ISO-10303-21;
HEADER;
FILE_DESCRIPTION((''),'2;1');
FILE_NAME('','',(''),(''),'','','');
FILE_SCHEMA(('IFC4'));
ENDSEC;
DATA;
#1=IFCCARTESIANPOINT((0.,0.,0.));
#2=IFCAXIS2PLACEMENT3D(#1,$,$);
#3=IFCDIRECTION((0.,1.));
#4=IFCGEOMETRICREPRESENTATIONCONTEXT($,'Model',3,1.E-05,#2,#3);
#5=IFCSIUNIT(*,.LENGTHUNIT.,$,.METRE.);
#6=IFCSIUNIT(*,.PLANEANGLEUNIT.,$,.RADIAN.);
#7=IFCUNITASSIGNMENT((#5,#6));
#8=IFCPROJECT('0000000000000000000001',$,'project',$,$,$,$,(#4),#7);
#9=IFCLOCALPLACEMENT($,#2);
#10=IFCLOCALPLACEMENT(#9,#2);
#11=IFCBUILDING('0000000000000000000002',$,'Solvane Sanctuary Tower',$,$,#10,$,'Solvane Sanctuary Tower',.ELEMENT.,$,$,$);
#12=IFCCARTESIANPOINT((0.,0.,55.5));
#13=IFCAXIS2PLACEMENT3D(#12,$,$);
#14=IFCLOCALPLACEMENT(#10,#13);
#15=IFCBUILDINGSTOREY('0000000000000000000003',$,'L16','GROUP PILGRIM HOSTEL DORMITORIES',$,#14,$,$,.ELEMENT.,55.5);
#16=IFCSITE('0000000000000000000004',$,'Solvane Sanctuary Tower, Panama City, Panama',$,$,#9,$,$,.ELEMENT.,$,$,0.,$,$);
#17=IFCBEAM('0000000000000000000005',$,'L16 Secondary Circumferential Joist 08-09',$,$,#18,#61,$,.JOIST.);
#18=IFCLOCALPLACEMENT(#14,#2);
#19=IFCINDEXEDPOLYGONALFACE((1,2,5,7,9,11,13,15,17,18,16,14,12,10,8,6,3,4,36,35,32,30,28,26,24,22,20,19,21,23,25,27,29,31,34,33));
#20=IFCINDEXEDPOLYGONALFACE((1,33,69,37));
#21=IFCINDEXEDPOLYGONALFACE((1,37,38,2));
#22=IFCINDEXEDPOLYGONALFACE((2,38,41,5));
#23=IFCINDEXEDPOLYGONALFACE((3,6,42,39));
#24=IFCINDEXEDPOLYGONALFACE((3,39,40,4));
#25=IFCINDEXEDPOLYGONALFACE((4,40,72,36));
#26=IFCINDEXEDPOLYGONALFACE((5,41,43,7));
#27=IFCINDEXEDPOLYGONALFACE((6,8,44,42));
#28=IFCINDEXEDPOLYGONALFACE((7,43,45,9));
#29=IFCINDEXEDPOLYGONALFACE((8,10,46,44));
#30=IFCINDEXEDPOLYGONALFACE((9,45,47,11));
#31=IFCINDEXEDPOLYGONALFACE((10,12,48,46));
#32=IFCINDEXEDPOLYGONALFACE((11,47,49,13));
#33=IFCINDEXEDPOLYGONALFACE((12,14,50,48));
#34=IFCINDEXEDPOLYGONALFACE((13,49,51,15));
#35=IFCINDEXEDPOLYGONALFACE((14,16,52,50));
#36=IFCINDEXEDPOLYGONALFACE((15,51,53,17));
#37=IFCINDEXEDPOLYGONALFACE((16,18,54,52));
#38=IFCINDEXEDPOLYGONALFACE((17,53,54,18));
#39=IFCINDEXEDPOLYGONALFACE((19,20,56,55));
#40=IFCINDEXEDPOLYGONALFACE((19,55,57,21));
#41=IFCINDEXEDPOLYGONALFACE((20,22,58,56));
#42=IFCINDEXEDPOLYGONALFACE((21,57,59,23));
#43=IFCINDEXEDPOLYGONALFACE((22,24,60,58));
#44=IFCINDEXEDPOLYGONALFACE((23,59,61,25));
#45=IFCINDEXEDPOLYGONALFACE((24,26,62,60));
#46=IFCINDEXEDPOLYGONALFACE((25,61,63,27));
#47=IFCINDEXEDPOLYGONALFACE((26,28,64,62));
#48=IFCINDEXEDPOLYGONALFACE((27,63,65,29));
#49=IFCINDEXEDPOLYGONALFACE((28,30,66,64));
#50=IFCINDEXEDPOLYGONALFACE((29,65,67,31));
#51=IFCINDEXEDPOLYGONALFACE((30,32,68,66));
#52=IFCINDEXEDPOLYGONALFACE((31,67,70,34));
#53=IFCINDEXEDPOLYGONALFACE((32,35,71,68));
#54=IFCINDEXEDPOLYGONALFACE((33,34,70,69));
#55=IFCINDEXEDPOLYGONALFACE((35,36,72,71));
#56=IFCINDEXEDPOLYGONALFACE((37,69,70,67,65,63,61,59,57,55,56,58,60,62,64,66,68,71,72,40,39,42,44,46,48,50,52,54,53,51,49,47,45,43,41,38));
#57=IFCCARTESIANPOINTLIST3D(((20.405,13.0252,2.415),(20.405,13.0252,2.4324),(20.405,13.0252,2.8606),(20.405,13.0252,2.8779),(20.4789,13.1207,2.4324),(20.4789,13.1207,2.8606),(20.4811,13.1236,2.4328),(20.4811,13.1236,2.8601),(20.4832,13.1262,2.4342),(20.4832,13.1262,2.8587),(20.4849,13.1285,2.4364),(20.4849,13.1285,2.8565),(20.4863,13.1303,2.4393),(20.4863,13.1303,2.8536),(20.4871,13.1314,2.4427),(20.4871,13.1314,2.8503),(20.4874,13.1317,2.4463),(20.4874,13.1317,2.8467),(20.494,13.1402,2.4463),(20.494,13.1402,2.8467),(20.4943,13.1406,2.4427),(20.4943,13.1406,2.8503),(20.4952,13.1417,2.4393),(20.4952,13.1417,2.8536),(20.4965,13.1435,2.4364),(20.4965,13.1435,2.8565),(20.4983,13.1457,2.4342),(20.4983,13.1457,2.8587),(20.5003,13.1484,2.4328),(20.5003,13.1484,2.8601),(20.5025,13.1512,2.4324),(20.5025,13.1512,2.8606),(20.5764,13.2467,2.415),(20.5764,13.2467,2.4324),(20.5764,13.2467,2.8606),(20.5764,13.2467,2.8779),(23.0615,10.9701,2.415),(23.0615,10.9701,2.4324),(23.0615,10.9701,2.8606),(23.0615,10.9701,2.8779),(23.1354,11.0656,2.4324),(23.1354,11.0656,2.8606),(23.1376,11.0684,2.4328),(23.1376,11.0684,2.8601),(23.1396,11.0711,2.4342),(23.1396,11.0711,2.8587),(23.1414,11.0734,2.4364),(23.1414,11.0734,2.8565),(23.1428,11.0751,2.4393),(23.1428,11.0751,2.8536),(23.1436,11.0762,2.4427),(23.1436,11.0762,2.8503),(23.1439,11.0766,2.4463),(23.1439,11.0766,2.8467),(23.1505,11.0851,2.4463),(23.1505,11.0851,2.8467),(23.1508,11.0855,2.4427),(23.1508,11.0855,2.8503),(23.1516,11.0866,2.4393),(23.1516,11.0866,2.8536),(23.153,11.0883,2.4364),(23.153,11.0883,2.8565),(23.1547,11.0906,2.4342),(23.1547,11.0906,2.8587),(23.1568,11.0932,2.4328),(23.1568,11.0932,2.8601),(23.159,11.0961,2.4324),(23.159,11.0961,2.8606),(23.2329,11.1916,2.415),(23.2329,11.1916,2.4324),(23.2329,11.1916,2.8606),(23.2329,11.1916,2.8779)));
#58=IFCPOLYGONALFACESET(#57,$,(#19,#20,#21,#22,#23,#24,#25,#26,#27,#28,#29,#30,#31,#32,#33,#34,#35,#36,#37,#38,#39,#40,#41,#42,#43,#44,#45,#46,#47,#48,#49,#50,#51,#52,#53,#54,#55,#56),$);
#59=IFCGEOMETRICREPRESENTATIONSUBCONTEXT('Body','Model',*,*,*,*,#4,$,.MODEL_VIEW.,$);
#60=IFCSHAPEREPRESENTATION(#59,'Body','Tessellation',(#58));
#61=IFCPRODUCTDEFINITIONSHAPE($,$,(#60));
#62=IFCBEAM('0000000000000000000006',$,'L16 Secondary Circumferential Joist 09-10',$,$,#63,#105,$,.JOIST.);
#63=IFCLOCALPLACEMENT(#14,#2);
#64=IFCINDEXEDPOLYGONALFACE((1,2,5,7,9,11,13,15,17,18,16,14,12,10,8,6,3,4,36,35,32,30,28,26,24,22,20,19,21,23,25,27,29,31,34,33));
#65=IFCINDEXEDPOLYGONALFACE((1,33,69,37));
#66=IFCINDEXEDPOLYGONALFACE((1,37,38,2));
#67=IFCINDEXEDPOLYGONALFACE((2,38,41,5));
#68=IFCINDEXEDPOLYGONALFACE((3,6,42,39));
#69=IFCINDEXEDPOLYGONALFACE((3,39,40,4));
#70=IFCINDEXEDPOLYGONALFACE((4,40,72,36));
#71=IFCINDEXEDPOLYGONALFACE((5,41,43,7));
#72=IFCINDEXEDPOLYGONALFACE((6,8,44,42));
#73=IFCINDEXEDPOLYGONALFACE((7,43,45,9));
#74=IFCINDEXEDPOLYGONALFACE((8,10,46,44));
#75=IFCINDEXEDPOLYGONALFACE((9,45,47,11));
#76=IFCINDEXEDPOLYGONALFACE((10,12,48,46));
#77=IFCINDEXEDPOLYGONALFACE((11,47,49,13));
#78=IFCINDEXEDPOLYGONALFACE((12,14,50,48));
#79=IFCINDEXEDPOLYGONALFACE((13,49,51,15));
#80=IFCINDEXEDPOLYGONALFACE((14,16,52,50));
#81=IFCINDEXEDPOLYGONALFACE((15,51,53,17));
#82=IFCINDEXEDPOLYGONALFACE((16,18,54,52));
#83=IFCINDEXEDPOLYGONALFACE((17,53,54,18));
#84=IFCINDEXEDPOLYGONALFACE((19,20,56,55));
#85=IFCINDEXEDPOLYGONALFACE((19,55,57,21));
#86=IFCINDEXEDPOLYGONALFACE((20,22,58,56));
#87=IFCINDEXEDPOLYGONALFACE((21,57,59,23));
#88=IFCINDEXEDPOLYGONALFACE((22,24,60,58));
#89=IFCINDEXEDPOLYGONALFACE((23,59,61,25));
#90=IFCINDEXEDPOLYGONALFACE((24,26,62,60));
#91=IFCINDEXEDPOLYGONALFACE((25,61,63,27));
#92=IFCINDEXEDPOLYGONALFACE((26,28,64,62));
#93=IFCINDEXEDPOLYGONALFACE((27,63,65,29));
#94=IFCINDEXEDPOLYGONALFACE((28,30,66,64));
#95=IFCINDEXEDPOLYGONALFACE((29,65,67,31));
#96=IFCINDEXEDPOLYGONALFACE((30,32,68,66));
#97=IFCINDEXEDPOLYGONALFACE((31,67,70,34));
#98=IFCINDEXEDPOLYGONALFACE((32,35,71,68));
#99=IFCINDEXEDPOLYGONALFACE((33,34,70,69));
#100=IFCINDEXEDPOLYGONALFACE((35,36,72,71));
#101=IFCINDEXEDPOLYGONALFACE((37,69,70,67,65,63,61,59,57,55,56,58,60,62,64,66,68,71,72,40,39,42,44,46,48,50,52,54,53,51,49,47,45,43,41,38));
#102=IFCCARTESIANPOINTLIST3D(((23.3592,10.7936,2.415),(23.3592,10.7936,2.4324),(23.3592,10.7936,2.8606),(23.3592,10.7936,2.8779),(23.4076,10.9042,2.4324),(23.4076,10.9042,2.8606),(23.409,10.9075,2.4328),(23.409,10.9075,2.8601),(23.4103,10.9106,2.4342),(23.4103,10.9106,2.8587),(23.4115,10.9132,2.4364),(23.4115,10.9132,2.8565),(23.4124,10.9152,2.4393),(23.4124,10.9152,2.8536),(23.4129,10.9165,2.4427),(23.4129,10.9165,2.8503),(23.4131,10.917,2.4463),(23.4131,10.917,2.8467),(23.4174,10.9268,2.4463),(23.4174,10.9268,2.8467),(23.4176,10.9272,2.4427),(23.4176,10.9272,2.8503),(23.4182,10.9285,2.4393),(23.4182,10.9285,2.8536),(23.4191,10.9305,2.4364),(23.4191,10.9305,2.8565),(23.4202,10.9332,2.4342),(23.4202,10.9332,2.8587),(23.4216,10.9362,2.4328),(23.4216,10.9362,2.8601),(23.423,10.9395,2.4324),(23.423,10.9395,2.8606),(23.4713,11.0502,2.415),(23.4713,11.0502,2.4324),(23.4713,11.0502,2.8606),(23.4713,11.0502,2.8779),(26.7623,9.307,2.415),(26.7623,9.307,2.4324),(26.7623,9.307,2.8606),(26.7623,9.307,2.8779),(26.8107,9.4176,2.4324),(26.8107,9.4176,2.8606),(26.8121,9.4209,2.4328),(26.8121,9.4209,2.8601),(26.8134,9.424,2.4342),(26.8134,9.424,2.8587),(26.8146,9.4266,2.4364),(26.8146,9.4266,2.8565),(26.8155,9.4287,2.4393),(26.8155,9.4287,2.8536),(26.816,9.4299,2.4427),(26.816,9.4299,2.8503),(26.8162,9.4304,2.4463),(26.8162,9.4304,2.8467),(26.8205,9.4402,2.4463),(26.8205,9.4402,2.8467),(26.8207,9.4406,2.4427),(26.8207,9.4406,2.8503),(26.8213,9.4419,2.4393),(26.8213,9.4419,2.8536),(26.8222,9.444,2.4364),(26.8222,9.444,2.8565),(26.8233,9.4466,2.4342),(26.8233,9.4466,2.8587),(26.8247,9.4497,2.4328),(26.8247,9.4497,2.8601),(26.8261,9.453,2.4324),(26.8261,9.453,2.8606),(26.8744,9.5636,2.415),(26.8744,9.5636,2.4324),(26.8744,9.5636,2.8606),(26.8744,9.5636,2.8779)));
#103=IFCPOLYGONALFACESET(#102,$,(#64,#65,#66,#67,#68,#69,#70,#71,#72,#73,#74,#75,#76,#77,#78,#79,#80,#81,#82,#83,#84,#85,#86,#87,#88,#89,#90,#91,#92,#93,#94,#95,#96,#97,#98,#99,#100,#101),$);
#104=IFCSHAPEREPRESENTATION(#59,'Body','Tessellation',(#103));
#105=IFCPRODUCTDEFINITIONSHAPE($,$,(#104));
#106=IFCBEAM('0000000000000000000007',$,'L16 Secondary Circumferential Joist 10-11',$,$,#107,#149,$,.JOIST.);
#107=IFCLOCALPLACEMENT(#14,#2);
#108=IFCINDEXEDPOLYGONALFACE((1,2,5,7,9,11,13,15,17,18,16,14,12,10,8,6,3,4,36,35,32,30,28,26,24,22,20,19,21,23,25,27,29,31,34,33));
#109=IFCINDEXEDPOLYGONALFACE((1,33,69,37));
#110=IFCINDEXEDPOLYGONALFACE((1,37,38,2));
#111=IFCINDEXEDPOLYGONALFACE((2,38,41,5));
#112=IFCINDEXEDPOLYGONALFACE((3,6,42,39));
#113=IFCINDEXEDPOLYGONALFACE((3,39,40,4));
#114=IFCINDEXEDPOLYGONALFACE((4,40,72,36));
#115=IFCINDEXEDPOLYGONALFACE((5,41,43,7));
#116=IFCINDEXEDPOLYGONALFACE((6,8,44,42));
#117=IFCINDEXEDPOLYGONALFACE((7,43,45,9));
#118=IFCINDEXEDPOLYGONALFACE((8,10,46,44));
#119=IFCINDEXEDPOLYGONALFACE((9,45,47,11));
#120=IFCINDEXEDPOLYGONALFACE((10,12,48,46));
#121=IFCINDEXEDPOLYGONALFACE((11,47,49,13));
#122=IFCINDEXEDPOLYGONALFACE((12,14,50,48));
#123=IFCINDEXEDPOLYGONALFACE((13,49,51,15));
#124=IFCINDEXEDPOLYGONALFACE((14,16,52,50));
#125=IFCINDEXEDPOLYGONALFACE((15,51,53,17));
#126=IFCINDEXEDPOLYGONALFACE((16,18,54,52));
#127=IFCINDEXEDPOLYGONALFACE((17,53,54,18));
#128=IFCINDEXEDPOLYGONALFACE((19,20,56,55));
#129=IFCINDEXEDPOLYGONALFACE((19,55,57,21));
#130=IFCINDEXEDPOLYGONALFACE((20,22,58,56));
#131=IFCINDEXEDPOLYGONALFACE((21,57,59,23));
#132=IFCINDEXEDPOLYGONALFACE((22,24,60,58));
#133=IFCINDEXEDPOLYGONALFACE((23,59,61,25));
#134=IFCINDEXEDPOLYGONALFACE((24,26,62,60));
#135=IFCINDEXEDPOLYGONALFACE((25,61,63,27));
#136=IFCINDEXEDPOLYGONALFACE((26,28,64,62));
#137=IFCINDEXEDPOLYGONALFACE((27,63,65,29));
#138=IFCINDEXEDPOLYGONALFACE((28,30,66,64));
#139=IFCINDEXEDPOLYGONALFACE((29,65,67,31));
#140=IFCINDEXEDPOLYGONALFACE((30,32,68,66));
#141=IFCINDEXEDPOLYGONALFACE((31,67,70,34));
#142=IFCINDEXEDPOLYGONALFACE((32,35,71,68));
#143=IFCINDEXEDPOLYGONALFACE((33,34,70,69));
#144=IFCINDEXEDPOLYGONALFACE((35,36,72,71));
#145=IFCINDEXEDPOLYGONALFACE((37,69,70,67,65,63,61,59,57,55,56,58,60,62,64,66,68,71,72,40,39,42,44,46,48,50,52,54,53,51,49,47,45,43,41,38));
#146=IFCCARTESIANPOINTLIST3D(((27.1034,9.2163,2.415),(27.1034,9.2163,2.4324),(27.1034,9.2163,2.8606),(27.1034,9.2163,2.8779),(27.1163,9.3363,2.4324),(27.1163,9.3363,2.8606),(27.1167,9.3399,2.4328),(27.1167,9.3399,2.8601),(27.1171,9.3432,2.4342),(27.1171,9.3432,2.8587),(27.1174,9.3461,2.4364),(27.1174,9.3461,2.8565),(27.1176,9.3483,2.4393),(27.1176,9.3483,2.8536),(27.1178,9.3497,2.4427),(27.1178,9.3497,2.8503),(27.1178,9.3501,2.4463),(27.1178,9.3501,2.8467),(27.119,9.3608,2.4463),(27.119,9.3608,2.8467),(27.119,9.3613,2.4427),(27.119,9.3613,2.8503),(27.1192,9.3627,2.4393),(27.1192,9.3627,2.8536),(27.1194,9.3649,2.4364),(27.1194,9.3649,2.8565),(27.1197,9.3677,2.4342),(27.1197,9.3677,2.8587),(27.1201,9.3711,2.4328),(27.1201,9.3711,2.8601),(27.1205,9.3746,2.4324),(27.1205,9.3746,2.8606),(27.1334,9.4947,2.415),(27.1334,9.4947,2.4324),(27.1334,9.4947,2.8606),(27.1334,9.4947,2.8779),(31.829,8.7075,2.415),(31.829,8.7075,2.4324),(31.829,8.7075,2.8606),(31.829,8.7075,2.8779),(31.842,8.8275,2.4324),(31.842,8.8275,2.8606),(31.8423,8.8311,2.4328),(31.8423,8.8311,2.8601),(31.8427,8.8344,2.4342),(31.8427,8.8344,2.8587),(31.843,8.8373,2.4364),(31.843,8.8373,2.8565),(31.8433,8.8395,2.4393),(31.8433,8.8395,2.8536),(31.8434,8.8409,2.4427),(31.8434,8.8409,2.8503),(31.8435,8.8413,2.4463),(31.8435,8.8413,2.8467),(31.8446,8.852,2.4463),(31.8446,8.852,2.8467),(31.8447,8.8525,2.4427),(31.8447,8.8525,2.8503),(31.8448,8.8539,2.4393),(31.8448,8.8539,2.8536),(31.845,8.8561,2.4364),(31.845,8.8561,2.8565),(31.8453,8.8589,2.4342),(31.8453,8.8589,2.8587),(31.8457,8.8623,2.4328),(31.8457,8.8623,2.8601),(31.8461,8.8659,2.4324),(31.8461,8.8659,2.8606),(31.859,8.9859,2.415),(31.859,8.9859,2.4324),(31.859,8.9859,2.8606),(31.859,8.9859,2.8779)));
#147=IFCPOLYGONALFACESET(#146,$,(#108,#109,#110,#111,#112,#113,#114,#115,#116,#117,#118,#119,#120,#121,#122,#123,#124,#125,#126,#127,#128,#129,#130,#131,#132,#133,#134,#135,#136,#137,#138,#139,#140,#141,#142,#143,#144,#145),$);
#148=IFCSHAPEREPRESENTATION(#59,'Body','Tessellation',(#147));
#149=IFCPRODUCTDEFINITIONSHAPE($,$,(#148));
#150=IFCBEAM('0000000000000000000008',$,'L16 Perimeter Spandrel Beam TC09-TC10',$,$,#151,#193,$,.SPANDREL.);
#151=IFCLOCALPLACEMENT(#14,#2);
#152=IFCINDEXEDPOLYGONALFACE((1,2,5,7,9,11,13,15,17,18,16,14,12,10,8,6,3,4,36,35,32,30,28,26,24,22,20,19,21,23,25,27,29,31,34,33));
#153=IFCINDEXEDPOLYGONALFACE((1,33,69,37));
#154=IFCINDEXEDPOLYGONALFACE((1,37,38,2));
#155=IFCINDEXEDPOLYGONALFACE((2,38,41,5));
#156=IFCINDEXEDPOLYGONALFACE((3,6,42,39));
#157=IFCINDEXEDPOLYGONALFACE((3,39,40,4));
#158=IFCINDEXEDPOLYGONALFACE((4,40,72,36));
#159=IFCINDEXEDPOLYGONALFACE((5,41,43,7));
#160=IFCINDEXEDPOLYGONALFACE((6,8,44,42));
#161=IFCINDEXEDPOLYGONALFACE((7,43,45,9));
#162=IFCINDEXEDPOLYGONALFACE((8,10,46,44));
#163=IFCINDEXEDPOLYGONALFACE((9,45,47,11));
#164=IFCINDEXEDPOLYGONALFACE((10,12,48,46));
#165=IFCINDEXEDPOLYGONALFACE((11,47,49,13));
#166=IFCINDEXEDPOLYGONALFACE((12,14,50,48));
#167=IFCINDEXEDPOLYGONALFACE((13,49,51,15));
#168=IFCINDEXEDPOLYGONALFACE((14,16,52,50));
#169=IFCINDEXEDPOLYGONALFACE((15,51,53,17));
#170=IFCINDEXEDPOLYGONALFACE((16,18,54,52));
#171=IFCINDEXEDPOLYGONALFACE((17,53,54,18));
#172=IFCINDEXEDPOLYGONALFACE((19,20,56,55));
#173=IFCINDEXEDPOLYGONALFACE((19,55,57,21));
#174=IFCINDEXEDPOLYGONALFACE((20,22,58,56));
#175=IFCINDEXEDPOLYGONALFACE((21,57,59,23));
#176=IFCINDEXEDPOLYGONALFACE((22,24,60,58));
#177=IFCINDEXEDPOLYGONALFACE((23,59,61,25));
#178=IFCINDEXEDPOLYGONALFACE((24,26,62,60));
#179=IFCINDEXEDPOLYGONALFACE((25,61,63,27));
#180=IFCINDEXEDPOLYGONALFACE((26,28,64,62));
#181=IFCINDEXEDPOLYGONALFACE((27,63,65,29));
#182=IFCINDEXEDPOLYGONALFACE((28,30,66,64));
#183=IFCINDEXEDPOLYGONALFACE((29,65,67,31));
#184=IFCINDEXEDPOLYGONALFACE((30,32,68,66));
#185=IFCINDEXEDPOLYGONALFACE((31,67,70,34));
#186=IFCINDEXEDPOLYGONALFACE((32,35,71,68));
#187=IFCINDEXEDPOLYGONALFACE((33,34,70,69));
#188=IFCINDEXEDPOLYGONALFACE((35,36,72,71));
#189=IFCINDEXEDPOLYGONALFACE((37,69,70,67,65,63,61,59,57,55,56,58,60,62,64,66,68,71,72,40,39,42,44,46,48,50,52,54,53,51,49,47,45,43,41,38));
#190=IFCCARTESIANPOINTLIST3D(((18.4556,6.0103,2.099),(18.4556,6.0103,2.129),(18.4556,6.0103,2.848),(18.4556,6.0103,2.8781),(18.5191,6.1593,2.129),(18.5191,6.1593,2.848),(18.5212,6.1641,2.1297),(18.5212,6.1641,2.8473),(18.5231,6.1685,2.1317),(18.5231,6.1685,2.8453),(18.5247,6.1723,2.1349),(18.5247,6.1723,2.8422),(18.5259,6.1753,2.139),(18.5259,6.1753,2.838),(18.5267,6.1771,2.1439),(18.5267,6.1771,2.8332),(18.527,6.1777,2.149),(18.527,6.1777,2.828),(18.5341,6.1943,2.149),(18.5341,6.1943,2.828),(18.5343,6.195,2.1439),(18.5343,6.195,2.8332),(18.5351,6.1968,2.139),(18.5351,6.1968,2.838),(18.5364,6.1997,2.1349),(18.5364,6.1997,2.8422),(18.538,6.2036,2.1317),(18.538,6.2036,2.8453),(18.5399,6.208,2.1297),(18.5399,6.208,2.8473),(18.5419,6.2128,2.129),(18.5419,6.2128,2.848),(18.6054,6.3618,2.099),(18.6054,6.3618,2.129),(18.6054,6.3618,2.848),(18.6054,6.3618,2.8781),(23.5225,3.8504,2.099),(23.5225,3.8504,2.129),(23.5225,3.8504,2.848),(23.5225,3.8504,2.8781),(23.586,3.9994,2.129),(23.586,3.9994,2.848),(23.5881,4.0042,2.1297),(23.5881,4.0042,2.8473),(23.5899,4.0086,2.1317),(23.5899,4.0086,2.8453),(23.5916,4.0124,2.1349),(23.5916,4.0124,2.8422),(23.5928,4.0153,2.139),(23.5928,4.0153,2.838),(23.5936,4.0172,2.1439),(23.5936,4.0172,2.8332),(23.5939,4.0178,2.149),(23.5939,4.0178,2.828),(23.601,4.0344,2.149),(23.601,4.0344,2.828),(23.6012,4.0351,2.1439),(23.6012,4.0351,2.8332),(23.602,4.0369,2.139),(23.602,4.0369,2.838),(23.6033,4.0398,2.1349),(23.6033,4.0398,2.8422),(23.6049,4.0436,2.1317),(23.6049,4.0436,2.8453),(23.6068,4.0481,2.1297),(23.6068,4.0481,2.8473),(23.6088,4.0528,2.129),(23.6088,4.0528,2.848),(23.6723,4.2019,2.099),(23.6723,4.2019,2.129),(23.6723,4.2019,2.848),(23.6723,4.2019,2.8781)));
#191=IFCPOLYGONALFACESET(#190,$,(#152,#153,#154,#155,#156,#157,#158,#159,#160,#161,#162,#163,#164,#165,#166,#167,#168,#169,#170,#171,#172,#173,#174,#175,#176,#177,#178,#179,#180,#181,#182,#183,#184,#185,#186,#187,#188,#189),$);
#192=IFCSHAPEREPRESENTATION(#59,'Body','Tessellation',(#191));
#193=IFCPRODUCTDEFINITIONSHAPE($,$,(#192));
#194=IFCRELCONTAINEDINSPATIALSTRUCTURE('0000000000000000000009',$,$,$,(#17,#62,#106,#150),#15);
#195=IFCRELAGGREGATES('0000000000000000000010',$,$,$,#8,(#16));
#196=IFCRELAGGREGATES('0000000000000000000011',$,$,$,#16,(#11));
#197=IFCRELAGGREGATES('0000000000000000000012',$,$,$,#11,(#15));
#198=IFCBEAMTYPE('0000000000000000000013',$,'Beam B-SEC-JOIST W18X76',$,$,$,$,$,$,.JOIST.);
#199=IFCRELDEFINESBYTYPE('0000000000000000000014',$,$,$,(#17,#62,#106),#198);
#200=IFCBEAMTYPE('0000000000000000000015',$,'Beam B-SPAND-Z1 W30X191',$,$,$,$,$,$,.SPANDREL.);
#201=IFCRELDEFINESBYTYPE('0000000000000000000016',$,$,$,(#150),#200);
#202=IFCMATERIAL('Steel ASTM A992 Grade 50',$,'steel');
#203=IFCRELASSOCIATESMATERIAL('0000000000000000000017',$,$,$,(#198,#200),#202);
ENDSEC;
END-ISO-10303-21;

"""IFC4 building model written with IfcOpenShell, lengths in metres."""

from ifc_helpers import new_model, si_unit, direction, frame, origin, origin_2d, place, context, subcontext, project, spatial, i_section, extrude, material, material_profile, profile_set, type_object, element, save


model = new_model("IFC4")

# Units and contexts
model_context = context("Model", 3, precision=1e-05, world=origin(), true_north=direction((0.0, 1.0)))
body_context = subcontext(model_context, "Body", "Model", "MODEL_VIEW")
ifc_project = project(units=[si_unit("LENGTHUNIT", "METRE"), si_unit("PLANEANGLEUNIT", "RADIAN")], contexts=[model_context])

# Site, building, storey
site_placement = place(None, origin())
site = spatial("IfcSite", under=ifc_project, at=site_placement, Name="Solvane Sanctuary Tower, Panama City, Panama", CompositionType="ELEMENT", RefElevation=0.0)
building_placement = place(site_placement, origin())
building = spatial("IfcBuilding", under=site, at=building_placement, Name="Solvane Sanctuary Tower", LongName="Solvane Sanctuary Tower", CompositionType="ELEMENT")
storey_placement = place(building_placement, frame((0.0, 0.0, 55.5)))
storey = spatial("IfcBuildingStorey", under=building, at=storey_placement, Name="L16", Description="GROUP PILGRIM HOSTEL DORMITORIES", CompositionType="ELEMENT", Elevation=55.5)

# Beams
ifc_material_1 = material(Name="Steel ASTM A992 Grade 50", Category="steel")
ifc_material_profile_1 = material_profile(ifc_material_1, i_section(OverallWidth=0.28, OverallDepth=0.4629, WebThickness=0.0107, FlangeThickness=0.0173, FilletRadius=0.0139, at=origin_2d()), Name="W18X76")
ifc_profile_set_1 = profile_set([ifc_material_profile_1], Name="Steel ASTM A992 Grade 50")
beam_type_1 = type_object("IfcBeamType", Name="Beam B-SEC-JOIST W18X76", PredefinedType="JOIST", material=ifc_profile_set_1)
beam_1_placement = place(storey_placement, frame((20.4907, 13.136, 2.6465), z_axis=(0.790935, -0.6119, 0.0), x_axis=(0.6119, 0.790935, 0.0)))
element("IfcBeam", 1, at=beam_1_placement, inside=storey, type_object=beam_type_1, Name="L16 Secondary Circumferential Joist 08-09", PredefinedType="JOIST", context=body_context, shape_type="SweptSolid", body=[
    extrude(i_section(OverallWidth=0.28, OverallDepth=0.4629, WebThickness=0.0107, FlangeThickness=0.0173, FilletRadius=0.0139, at=origin_2d()), origin(), (0.0, 0.0, 1.0), 3.3586),
])
beam_2_placement = place(storey_placement, frame((23.4153, 10.9219, 2.6465), z_axis=(0.916382, -0.400305, 0.0), x_axis=(0.400305, 0.916382, 0.0)))
element("IfcBeam", 2, at=beam_2_placement, inside=storey, type_object=beam_type_1, Name="L16 Secondary Circumferential Joist 09-10", PredefinedType="JOIST", context=body_context, shape_type="SweptSolid", body=[
    extrude(i_section(OverallWidth=0.28, OverallDepth=0.4629, WebThickness=0.0107, FlangeThickness=0.0173, FilletRadius=0.0139, at=origin_2d()), origin(), (0.0, 0.0, 1.0), 3.7136),
])
beam_3_placement = place(storey_placement, frame((27.1184, 9.3555, 2.6465), z_axis=(0.994254, -0.107048, 0.0), x_axis=(0.107048, 0.994254, 0.0)))
element("IfcBeam", 3, at=beam_3_placement, inside=storey, type_object=beam_type_1, Name="L16 Secondary Circumferential Joist 10-11", PredefinedType="JOIST", context=body_context, shape_type="SweptSolid", body=[
    extrude(i_section(OverallWidth=0.28, OverallDepth=0.4629, WebThickness=0.0107, FlangeThickness=0.0173, FilletRadius=0.0139, at=origin_2d()), origin(), (0.0, 0.0, 1.0), 4.7529),
])
ifc_material_profile_2 = material_profile(ifc_material_1, i_section(OverallWidth=0.3821, OverallDepth=0.7791, WebThickness=0.0181, FlangeThickness=0.03, FilletRadius=0.02, at=origin_2d()), Name="W30X191")
ifc_profile_set_2 = profile_set([ifc_material_profile_2], Name="Steel ASTM A992 Grade 50")
beam_type_2 = type_object("IfcBeamType", Name="Beam B-SPAND-Z1 W30X191", PredefinedType="SPANDREL", material=ifc_profile_set_2)
beam_4_placement = place(storey_placement, frame((18.5305, 6.186, 2.4885), z_axis=(0.919907, -0.392137, 0.0), x_axis=(0.392137, 0.919907, 0.0)))
element("IfcBeam", 4, at=beam_4_placement, inside=storey, type_object=beam_type_2, Name="L16 Perimeter Spandrel Beam TC09-TC10", PredefinedType="SPANDREL", context=body_context, shape_type="SweptSolid", body=[
    extrude(i_section(OverallWidth=0.3821, OverallDepth=0.7791, WebThickness=0.0181, FlangeThickness=0.03, FilletRadius=0.02, at=origin_2d()), origin(), (0.0, 0.0, 1.0), 5.5081),
])

save(model, "model.ifc")
